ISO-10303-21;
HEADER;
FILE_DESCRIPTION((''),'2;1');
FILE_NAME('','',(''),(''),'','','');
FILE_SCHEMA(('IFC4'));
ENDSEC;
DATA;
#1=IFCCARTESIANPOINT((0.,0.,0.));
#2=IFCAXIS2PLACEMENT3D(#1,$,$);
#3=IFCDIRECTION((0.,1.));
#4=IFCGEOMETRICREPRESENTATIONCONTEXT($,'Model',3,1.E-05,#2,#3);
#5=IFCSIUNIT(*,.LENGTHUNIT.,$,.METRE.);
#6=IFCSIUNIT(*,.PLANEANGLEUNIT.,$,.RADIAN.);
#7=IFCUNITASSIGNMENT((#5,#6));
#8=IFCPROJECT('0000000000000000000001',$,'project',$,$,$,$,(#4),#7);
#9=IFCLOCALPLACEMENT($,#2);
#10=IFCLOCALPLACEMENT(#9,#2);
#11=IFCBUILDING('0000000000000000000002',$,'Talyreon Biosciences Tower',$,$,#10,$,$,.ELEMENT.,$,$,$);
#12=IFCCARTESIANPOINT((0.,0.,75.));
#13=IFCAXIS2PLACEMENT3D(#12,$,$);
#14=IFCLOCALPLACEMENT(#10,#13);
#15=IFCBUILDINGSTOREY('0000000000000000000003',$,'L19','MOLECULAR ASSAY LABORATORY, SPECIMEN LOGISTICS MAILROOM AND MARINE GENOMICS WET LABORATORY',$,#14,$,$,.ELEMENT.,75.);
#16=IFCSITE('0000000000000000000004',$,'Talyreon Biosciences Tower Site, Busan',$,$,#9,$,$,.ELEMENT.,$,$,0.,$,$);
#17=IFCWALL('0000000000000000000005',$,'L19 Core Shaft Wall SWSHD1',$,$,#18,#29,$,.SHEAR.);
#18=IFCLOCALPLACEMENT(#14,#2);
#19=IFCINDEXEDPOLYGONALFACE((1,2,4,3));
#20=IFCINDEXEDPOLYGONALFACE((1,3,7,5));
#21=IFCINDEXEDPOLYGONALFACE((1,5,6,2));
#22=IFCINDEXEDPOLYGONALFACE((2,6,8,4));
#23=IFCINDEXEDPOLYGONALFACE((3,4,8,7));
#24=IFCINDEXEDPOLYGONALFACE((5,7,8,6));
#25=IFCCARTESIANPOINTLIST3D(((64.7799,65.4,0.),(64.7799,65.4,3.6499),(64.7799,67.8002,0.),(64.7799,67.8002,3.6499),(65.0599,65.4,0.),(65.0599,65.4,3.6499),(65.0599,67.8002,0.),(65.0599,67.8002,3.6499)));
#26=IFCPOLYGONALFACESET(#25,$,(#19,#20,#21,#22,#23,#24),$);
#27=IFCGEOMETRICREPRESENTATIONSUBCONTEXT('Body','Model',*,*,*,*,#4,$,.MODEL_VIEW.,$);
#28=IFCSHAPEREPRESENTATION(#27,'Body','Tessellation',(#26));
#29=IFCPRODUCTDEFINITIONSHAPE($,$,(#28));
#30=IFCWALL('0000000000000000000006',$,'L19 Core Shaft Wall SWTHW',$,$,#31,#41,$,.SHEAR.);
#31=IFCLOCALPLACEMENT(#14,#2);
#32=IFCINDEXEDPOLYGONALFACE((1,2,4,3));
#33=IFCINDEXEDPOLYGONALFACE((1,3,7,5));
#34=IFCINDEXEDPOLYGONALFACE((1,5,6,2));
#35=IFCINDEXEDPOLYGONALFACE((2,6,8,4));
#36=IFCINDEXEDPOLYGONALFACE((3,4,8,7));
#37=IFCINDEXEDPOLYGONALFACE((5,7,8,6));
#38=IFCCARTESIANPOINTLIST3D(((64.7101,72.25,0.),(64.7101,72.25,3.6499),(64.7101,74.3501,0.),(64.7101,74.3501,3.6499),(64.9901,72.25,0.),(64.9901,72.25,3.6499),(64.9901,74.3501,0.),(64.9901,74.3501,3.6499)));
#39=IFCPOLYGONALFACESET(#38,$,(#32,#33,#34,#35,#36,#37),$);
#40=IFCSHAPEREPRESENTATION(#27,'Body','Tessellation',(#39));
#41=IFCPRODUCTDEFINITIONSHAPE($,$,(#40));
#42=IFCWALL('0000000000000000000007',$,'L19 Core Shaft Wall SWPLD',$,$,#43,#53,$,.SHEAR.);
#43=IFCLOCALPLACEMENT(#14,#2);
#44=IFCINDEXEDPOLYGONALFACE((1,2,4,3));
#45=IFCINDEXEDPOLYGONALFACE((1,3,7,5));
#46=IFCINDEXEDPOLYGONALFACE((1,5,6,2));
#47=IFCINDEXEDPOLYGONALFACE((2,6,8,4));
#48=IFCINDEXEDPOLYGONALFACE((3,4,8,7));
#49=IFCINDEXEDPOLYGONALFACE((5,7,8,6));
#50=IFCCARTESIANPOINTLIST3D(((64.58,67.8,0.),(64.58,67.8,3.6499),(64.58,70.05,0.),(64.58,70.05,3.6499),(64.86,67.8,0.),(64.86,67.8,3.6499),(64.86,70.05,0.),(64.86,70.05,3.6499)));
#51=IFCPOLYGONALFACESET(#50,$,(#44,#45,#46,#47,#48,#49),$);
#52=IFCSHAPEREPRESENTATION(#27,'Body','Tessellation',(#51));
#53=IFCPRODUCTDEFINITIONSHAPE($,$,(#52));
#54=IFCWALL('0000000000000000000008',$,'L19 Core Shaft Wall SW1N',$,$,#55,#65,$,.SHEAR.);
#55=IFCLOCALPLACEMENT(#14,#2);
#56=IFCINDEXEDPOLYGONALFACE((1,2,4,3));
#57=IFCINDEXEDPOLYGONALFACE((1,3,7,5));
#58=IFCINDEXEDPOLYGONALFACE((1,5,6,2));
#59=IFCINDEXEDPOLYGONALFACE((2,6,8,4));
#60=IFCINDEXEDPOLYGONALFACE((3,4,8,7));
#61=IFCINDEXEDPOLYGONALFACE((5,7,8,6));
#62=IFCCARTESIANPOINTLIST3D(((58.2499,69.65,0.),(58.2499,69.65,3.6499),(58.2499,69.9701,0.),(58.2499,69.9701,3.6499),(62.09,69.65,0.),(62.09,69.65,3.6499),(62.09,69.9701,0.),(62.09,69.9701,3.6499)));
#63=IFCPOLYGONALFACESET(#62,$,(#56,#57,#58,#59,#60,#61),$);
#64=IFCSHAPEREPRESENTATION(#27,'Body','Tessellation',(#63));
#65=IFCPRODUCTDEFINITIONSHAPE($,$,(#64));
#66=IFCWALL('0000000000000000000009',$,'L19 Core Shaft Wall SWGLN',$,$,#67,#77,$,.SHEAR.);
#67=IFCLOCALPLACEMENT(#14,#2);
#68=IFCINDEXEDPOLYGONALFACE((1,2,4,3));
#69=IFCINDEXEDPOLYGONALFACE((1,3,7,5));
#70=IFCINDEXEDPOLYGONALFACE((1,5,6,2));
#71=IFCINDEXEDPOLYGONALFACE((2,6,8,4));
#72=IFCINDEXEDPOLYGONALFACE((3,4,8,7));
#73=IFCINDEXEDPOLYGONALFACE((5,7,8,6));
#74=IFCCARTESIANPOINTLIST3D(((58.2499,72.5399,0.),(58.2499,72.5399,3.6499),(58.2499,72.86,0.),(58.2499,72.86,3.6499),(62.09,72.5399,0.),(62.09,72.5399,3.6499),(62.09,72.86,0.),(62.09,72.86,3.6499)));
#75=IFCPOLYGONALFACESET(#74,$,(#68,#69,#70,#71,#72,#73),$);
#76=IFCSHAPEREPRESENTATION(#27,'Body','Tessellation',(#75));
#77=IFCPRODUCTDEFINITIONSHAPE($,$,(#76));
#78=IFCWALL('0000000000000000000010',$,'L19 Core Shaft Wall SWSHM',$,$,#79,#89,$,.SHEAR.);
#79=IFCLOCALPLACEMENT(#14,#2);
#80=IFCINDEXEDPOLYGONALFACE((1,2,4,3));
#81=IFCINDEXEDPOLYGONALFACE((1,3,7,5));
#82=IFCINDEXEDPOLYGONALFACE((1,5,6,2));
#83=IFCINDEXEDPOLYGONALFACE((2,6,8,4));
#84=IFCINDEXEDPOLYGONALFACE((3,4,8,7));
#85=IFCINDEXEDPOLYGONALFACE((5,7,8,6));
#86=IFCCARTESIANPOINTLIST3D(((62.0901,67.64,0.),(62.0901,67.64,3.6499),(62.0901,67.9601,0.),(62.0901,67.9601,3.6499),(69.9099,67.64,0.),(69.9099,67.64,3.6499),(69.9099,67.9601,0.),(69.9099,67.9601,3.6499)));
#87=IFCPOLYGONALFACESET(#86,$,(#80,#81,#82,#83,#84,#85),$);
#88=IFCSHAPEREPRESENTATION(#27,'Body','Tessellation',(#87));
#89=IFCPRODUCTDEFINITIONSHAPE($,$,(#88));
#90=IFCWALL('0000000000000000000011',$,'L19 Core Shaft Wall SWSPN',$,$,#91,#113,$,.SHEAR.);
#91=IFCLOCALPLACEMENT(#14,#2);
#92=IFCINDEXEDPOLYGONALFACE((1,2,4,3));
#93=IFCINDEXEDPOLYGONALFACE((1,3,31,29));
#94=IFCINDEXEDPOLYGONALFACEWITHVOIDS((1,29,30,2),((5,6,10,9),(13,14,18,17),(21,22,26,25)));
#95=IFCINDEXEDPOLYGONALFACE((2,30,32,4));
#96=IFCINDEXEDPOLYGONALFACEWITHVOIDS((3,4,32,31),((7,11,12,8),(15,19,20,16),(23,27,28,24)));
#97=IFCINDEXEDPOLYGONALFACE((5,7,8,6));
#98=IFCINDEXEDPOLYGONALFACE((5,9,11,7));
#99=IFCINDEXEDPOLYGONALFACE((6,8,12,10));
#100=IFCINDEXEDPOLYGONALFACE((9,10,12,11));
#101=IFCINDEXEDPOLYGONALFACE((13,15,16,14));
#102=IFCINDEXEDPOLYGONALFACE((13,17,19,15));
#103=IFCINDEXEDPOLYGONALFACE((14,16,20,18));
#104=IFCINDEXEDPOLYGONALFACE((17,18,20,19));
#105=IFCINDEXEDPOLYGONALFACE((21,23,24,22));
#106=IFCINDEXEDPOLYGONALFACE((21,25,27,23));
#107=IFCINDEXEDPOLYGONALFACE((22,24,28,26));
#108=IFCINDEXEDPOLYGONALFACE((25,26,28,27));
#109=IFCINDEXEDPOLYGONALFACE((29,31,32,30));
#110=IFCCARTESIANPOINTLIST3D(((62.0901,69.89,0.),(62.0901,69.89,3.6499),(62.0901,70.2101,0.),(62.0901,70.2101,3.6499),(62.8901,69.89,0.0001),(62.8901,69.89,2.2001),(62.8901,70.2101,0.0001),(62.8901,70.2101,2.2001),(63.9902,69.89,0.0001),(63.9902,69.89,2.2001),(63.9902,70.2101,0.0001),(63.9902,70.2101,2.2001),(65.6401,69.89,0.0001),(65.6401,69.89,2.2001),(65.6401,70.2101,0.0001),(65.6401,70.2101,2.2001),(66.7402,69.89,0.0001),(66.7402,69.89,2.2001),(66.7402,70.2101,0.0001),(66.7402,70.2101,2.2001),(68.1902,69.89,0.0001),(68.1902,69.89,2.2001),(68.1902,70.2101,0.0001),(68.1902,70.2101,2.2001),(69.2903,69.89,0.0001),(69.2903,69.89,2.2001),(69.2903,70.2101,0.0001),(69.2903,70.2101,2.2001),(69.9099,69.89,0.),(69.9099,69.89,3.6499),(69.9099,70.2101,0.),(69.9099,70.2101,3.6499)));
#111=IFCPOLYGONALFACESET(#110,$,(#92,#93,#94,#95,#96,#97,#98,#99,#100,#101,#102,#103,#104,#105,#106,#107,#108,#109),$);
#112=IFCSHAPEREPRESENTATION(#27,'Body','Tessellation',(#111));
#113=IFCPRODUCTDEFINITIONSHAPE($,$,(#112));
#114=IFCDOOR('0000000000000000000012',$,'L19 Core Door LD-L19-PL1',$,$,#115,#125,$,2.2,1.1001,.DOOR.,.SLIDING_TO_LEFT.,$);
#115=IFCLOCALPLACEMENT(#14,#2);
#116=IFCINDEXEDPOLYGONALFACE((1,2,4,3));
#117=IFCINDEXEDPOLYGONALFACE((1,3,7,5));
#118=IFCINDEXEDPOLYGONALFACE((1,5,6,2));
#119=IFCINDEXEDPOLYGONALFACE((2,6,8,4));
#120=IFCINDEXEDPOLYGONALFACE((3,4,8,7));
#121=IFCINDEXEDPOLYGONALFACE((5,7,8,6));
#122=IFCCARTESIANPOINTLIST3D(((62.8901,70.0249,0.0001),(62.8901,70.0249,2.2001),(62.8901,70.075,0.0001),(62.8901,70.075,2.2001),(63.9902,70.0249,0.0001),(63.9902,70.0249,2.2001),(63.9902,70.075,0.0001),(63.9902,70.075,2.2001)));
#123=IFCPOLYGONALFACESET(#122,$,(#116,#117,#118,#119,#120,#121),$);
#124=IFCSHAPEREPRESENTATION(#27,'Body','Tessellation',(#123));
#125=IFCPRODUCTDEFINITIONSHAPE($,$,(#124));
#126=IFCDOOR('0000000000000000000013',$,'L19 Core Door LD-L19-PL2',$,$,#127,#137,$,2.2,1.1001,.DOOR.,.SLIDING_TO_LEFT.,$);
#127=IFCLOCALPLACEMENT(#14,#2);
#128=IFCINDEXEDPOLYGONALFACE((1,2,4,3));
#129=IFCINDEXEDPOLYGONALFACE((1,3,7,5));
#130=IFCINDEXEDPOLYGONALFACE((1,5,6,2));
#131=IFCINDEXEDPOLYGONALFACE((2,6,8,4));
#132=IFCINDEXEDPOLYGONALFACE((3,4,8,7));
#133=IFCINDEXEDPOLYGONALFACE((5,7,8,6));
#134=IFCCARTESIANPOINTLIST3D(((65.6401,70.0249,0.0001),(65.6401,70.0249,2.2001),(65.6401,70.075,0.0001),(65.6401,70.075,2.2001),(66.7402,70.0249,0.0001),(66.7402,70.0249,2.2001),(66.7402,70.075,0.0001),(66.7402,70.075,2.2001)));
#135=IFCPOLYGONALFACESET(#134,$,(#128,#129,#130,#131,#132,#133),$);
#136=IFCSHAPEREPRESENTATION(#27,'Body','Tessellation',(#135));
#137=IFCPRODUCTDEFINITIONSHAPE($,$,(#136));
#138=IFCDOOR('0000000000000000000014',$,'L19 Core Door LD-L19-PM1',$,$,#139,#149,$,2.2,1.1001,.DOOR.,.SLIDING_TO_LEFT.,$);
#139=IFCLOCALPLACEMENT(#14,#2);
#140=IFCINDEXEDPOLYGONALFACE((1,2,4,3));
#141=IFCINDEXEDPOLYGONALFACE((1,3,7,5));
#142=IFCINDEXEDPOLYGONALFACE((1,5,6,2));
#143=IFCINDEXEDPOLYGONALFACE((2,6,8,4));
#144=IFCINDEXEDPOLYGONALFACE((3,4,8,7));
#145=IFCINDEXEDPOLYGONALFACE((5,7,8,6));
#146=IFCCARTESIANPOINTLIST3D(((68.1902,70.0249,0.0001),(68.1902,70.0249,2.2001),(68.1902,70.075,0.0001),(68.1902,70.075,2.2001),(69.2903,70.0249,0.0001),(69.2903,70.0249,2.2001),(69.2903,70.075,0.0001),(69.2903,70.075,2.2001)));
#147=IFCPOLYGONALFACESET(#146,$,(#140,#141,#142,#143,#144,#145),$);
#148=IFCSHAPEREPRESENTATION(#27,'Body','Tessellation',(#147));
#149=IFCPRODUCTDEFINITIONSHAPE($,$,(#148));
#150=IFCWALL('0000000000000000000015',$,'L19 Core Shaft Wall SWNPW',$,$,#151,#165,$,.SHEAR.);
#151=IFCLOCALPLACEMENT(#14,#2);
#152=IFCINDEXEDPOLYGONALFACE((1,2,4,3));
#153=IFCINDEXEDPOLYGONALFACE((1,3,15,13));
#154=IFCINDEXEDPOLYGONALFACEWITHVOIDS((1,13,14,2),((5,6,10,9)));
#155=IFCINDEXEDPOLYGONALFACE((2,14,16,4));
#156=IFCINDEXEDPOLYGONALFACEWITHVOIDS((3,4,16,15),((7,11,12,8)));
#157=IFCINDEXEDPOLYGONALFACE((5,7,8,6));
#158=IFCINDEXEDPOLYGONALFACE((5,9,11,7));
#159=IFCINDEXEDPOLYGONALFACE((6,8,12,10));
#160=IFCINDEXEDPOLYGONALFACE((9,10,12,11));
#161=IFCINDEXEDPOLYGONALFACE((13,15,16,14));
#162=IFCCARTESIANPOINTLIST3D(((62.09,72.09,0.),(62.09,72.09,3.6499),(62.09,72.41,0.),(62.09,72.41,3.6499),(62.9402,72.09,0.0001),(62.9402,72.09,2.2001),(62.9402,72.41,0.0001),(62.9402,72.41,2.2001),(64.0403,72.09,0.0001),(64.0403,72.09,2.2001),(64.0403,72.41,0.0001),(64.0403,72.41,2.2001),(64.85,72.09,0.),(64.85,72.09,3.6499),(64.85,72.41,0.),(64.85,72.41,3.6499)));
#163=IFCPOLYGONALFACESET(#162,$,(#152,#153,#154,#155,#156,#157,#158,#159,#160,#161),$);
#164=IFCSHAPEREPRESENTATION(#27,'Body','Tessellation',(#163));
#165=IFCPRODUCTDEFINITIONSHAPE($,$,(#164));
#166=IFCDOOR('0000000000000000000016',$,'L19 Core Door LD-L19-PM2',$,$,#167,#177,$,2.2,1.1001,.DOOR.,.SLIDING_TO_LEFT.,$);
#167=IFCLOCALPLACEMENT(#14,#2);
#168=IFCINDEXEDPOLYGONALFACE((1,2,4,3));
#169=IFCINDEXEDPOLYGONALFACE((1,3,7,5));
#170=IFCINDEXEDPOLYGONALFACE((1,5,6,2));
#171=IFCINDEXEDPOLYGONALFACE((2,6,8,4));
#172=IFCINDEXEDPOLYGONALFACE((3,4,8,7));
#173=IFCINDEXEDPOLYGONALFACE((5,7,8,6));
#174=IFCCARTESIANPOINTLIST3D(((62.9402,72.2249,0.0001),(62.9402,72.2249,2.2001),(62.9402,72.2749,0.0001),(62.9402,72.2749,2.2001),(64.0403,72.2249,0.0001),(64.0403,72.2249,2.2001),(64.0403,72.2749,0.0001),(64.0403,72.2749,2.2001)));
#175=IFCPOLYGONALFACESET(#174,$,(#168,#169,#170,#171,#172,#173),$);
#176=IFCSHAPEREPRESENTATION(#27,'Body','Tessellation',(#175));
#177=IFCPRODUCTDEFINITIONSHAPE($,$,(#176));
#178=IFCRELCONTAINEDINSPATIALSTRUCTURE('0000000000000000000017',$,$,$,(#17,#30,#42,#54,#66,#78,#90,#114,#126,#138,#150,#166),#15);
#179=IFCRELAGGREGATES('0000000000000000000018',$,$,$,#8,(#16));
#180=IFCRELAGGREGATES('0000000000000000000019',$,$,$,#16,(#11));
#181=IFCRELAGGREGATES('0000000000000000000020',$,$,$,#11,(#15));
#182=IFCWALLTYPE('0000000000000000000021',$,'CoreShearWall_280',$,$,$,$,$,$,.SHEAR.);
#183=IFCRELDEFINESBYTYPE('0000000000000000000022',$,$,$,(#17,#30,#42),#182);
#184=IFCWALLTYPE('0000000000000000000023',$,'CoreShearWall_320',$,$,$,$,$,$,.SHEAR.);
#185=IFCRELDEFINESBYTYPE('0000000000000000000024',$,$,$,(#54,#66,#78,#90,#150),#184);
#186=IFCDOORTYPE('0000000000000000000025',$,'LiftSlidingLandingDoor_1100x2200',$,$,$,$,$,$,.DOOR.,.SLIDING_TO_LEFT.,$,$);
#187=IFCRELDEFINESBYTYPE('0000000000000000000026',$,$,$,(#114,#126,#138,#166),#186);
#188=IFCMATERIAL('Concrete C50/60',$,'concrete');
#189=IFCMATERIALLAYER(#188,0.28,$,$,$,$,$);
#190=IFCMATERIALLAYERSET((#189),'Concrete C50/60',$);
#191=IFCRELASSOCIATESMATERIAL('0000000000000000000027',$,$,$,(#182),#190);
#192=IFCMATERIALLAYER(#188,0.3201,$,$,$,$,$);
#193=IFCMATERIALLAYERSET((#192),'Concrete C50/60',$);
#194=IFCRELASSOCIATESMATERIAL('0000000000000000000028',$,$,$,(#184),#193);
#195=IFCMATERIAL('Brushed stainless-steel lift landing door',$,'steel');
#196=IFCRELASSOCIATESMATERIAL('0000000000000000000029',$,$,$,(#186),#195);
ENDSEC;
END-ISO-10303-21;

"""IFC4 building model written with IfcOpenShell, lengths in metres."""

from ifc_helpers import new_model, si_unit, direction, frame, frame_2d, origin, place, context, subcontext, project, spatial, rectangle, extrude, material, layer, layer_set, type_object, element, fill, save


model = new_model("IFC4")

# Units and contexts
model_context = context("Model", 3, precision=1e-05, world=origin(), true_north=direction((0.0, 1.0)))
body_context = subcontext(model_context, "Body", "Model", "MODEL_VIEW")
ifc_project = project(units=[si_unit("LENGTHUNIT", "METRE"), si_unit("PLANEANGLEUNIT", "RADIAN")], contexts=[model_context])

# Site, building, storey
site_placement = place(None, origin())
site = spatial("IfcSite", under=ifc_project, at=site_placement, Name="Talyreon Biosciences Tower Site, Busan", CompositionType="ELEMENT", RefElevation=0.0)
building_placement = place(site_placement, origin())
building = spatial("IfcBuilding", under=site, at=building_placement, Name="Talyreon Biosciences Tower", CompositionType="ELEMENT")
storey_placement = place(building_placement, frame((0.0, 0.0, 75.0)))
storey = spatial("IfcBuildingStorey", under=building, at=storey_placement, Name="L19", Description="MOLECULAR ASSAY LABORATORY, SPECIMEN LOGISTICS MAILROOM AND MARINE GENOMICS WET LABORATORY", CompositionType="ELEMENT", Elevation=75.0)

# Walls
ifc_material_1 = material(Name="Concrete C50/60", Category="concrete")
ifc_layer_1 = layer(ifc_material_1, 0.28)
ifc_layer_set_1 = layer_set([ifc_layer_1], Name="Concrete C50/60")
wall_type_1 = type_object("IfcWallType", Name="CoreShearWall_280", PredefinedType="SHEAR", material=ifc_layer_set_1)
wall_1_placement = place(storey_placement, frame((64.9199, 65.3999, 0.0), z_axis=(0.0, 0.0, 1.0), x_axis=(0.0, 1.0, 0.0)))
element("IfcWall", 1, at=wall_1_placement, inside=storey, type_object=wall_type_1, Name="L19 Core Shaft Wall SWSHD1", PredefinedType="SHEAR", context=body_context, shape_type="SweptSolid", body=[
    extrude(rectangle(XDim=2.4001, YDim=0.28, at=frame_2d((1.2002, 0.0))), origin(), (0.0, 0.0, 1.0), 3.6499),
])
wall_2_placement = place(storey_placement, frame((64.8501, 72.25, 0.0), z_axis=(0.0, 0.0, 1.0), x_axis=(0.0, 1.0, 0.0)))
element("IfcWall", 2, at=wall_2_placement, inside=storey, type_object=wall_type_1, Name="L19 Core Shaft Wall SWTHW", PredefinedType="SHEAR", context=body_context, shape_type="SweptSolid", body=[
    extrude(rectangle(XDim=2.1001, YDim=0.28, at=frame_2d((1.05, 0.0))), origin(), (0.0, 0.0, 1.0), 3.6499),
])
wall_3_placement = place(storey_placement, frame((64.72, 67.8, 0.0), z_axis=(0.0, 0.0, 1.0), x_axis=(0.0, 1.0, 0.0)))
element("IfcWall", 3, at=wall_3_placement, inside=storey, type_object=wall_type_1, Name="L19 Core Shaft Wall SWPLD", PredefinedType="SHEAR", context=body_context, shape_type="SweptSolid", body=[
    extrude(rectangle(XDim=2.25, YDim=0.28, at=frame_2d((1.125, 0.0))), origin(), (0.0, 0.0, 1.0), 3.6499),
])
ifc_layer_2 = layer(ifc_material_1, 0.3201)
ifc_layer_set_2 = layer_set([ifc_layer_2], Name="Concrete C50/60")
wall_type_2 = type_object("IfcWallType", Name="CoreShearWall_320", PredefinedType="SHEAR", material=ifc_layer_set_2)
for number, where, z_axis, x_axis, name in (
    (4, (58.25, 69.8101, 0.0), (0.0, 0.0, 1.0), (1.0, 0.0, 0.0), "L19 Core Shaft Wall SW1N"),
    (5, (58.25, 72.7, 0.0), (0.0, 0.0, 1.0), (1.0, 0.0, 0.0), "L19 Core Shaft Wall SWGLN"),
):
    element("IfcWall", number, at=place(storey_placement, frame(where, z_axis=z_axis, x_axis=x_axis)), inside=storey, type_object=wall_type_2, Name=name, PredefinedType="SHEAR", context=body_context, shape_type="SweptSolid", body=[
        extrude(rectangle(XDim=3.8401, YDim=0.3201, at=frame_2d((1.9199, 0.0))), origin(), (0.0, 0.0, 1.0), 3.6499),
    ])
wall_4_placement = place(storey_placement, frame((62.0901, 67.8, 0.0), z_axis=(0.0, 0.0, 1.0), x_axis=(1.0, 0.0, 0.0)))
element("IfcWall", 6, at=wall_4_placement, inside=storey, type_object=wall_type_2, Name="L19 Core Shaft Wall SWSHM", PredefinedType="SHEAR", context=body_context, shape_type="SweptSolid", body=[
    extrude(rectangle(XDim=7.8198, YDim=0.3201, at=frame_2d((3.9099, 0.0))), origin(), (0.0, 0.0, 1.0), 3.6499),
])

# Wall, openings, doors
wall_5_placement = place(storey_placement, frame((62.0901, 70.05, 0.0), z_axis=(0.0, 0.0, 1.0), x_axis=(1.0, 0.0, 0.0)))
wall_5 = element("IfcWall", 7, at=wall_5_placement, inside=storey, type_object=wall_type_2, Name="L19 Core Shaft Wall SWSPN", PredefinedType="SHEAR", context=body_context, shape_type="SweptSolid", body=[
    extrude(rectangle(XDim=7.8198, YDim=0.3201, at=frame_2d((3.9099, 0.0))), origin(), (0.0, 0.0, 1.0), 3.6499),
])
opening_1_placement = place(wall_5_placement, frame((0.8, 0.0, 0.0)))
opening_1 = element("IfcOpeningElement", 8, at=opening_1_placement, cuts=wall_5, PredefinedType="OPENING", context=body_context, shape_type="SweptSolid", body=[
    extrude(rectangle(XDim=1.1001, YDim=2.2, at=frame_2d((0.55, 1.1001))), frame((0.0, 0.1699, 0.0), z_axis=(0.0, -1.0, 0.0), x_axis=(1.0, 0.0, 0.0)), (0.0, 0.0, 1.0), 0.3401),
])
opening_2_placement = place(wall_5_placement, frame((3.55, 0.0, 0.0)))
opening_2 = element("IfcOpeningElement", 9, at=opening_2_placement, cuts=wall_5, PredefinedType="OPENING", context=body_context, shape_type="SweptSolid", body=[
    extrude(rectangle(XDim=1.1001, YDim=2.2, at=frame_2d((0.55, 1.1001))), frame((0.0, 0.1699, 0.0), z_axis=(0.0, -1.0, 0.0), x_axis=(1.0, 0.0, 0.0)), (0.0, 0.0, 1.0), 0.3401),
])
opening_3_placement = place(wall_5_placement, frame((6.1001, 0.0, 0.0)))
opening_3 = element("IfcOpeningElement", 10, at=opening_3_placement, cuts=wall_5, PredefinedType="OPENING", context=body_context, shape_type="SweptSolid", body=[
    extrude(rectangle(XDim=1.1001, YDim=2.2, at=frame_2d((0.55, 1.1001))), frame((0.0, 0.1699, 0.0), z_axis=(0.0, -1.0, 0.0), x_axis=(1.0, 0.0, 0.0)), (0.0, 0.0, 1.0), 0.3401),
])
ifc_material_2 = material(Name="Brushed stainless-steel lift landing door", Category="steel")
door_type = type_object("IfcDoorType", Name="LiftSlidingLandingDoor_1100x2200", OperationType="SLIDING_TO_LEFT", PredefinedType="DOOR", material=ifc_material_2)
door_1_placement = place(opening_1_placement, origin())
door_1 = element("IfcDoor", 11, at=door_1_placement, inside=storey, type_object=door_type, Name="L19 Core Door LD-L19-PL1", OperationType="SLIDING_TO_LEFT", OverallHeight=2.2, OverallWidth=1.1001, PredefinedType="DOOR", context=body_context, shape_type="SweptSolid", body=[
    extrude(rectangle(XDim=1.1001, YDim=2.2, at=frame_2d((0.55, 1.1001))), frame((0.0, 0.0249, 0.0), z_axis=(0.0, -1.0, 0.0), x_axis=(1.0, 0.0, 0.0)), (0.0, 0.0, 1.0), 0.05),
])
fill(opening_1, door_1)
door_2_placement = place(opening_2_placement, origin())
door_2 = element("IfcDoor", 12, at=door_2_placement, inside=storey, type_object=door_type, Name="L19 Core Door LD-L19-PL2", OperationType="SLIDING_TO_LEFT", OverallHeight=2.2, OverallWidth=1.1001, PredefinedType="DOOR", context=body_context, shape_type="SweptSolid", body=[
    extrude(rectangle(XDim=1.1001, YDim=2.2, at=frame_2d((0.55, 1.1001))), frame((0.0, 0.0249, 0.0), z_axis=(0.0, -1.0, 0.0), x_axis=(1.0, 0.0, 0.0)), (0.0, 0.0, 1.0), 0.05),
])
fill(opening_2, door_2)
door_3_placement = place(opening_3_placement, origin())
door_3 = element("IfcDoor", 13, at=door_3_placement, inside=storey, type_object=door_type, Name="L19 Core Door LD-L19-PM1", OperationType="SLIDING_TO_LEFT", OverallHeight=2.2, OverallWidth=1.1001, PredefinedType="DOOR", context=body_context, shape_type="SweptSolid", body=[
    extrude(rectangle(XDim=1.1001, YDim=2.2, at=frame_2d((0.55, 1.1001))), frame((0.0, 0.0249, 0.0), z_axis=(0.0, -1.0, 0.0), x_axis=(1.0, 0.0, 0.0)), (0.0, 0.0, 1.0), 0.05),
])
fill(opening_3, door_3)

# Wall, opening, door
wall_6_placement = place(storey_placement, frame((62.0901, 72.25, 0.0), z_axis=(0.0, 0.0, 1.0), x_axis=(1.0, 0.0, 0.0)))
wall_6 = element("IfcWall", 14, at=wall_6_placement, inside=storey, type_object=wall_type_2, Name="L19 Core Shaft Wall SWNPW", PredefinedType="SHEAR", context=body_context, shape_type="SweptSolid", body=[
    extrude(rectangle(XDim=2.76, YDim=0.3201, at=frame_2d((1.3799, 0.0))), origin(), (0.0, 0.0, 1.0), 3.6499),
])
opening_4_placement = place(wall_6_placement, frame((0.8501, 0.0, 0.0)))
opening_4 = element("IfcOpeningElement", 15, at=opening_4_placement, cuts=wall_6, PredefinedType="OPENING", context=body_context, shape_type="SweptSolid", body=[
    extrude(rectangle(XDim=1.1001, YDim=2.2, at=frame_2d((0.55, 1.1001))), frame((0.0, 0.1699, 0.0), z_axis=(0.0, -1.0, 0.0), x_axis=(1.0, 0.0, 0.0)), (0.0, 0.0, 1.0), 0.3401),
])
door_4_placement = place(opening_4_placement, origin())
door_4 = element("IfcDoor", 16, at=door_4_placement, inside=storey, type_object=door_type, Name="L19 Core Door LD-L19-PM2", OperationType="SLIDING_TO_LEFT", OverallHeight=2.2, OverallWidth=1.1001, PredefinedType="DOOR", context=body_context, shape_type="SweptSolid", body=[
    extrude(rectangle(XDim=1.1001, YDim=2.2, at=frame_2d((0.55, 1.1001))), frame((0.0, 0.0249, 0.0), z_axis=(0.0, -1.0, 0.0), x_axis=(1.0, 0.0, 0.0)), (0.0, 0.0, 1.0), 0.05),
])
fill(opening_4, door_4)

save(model, "model.ifc")
